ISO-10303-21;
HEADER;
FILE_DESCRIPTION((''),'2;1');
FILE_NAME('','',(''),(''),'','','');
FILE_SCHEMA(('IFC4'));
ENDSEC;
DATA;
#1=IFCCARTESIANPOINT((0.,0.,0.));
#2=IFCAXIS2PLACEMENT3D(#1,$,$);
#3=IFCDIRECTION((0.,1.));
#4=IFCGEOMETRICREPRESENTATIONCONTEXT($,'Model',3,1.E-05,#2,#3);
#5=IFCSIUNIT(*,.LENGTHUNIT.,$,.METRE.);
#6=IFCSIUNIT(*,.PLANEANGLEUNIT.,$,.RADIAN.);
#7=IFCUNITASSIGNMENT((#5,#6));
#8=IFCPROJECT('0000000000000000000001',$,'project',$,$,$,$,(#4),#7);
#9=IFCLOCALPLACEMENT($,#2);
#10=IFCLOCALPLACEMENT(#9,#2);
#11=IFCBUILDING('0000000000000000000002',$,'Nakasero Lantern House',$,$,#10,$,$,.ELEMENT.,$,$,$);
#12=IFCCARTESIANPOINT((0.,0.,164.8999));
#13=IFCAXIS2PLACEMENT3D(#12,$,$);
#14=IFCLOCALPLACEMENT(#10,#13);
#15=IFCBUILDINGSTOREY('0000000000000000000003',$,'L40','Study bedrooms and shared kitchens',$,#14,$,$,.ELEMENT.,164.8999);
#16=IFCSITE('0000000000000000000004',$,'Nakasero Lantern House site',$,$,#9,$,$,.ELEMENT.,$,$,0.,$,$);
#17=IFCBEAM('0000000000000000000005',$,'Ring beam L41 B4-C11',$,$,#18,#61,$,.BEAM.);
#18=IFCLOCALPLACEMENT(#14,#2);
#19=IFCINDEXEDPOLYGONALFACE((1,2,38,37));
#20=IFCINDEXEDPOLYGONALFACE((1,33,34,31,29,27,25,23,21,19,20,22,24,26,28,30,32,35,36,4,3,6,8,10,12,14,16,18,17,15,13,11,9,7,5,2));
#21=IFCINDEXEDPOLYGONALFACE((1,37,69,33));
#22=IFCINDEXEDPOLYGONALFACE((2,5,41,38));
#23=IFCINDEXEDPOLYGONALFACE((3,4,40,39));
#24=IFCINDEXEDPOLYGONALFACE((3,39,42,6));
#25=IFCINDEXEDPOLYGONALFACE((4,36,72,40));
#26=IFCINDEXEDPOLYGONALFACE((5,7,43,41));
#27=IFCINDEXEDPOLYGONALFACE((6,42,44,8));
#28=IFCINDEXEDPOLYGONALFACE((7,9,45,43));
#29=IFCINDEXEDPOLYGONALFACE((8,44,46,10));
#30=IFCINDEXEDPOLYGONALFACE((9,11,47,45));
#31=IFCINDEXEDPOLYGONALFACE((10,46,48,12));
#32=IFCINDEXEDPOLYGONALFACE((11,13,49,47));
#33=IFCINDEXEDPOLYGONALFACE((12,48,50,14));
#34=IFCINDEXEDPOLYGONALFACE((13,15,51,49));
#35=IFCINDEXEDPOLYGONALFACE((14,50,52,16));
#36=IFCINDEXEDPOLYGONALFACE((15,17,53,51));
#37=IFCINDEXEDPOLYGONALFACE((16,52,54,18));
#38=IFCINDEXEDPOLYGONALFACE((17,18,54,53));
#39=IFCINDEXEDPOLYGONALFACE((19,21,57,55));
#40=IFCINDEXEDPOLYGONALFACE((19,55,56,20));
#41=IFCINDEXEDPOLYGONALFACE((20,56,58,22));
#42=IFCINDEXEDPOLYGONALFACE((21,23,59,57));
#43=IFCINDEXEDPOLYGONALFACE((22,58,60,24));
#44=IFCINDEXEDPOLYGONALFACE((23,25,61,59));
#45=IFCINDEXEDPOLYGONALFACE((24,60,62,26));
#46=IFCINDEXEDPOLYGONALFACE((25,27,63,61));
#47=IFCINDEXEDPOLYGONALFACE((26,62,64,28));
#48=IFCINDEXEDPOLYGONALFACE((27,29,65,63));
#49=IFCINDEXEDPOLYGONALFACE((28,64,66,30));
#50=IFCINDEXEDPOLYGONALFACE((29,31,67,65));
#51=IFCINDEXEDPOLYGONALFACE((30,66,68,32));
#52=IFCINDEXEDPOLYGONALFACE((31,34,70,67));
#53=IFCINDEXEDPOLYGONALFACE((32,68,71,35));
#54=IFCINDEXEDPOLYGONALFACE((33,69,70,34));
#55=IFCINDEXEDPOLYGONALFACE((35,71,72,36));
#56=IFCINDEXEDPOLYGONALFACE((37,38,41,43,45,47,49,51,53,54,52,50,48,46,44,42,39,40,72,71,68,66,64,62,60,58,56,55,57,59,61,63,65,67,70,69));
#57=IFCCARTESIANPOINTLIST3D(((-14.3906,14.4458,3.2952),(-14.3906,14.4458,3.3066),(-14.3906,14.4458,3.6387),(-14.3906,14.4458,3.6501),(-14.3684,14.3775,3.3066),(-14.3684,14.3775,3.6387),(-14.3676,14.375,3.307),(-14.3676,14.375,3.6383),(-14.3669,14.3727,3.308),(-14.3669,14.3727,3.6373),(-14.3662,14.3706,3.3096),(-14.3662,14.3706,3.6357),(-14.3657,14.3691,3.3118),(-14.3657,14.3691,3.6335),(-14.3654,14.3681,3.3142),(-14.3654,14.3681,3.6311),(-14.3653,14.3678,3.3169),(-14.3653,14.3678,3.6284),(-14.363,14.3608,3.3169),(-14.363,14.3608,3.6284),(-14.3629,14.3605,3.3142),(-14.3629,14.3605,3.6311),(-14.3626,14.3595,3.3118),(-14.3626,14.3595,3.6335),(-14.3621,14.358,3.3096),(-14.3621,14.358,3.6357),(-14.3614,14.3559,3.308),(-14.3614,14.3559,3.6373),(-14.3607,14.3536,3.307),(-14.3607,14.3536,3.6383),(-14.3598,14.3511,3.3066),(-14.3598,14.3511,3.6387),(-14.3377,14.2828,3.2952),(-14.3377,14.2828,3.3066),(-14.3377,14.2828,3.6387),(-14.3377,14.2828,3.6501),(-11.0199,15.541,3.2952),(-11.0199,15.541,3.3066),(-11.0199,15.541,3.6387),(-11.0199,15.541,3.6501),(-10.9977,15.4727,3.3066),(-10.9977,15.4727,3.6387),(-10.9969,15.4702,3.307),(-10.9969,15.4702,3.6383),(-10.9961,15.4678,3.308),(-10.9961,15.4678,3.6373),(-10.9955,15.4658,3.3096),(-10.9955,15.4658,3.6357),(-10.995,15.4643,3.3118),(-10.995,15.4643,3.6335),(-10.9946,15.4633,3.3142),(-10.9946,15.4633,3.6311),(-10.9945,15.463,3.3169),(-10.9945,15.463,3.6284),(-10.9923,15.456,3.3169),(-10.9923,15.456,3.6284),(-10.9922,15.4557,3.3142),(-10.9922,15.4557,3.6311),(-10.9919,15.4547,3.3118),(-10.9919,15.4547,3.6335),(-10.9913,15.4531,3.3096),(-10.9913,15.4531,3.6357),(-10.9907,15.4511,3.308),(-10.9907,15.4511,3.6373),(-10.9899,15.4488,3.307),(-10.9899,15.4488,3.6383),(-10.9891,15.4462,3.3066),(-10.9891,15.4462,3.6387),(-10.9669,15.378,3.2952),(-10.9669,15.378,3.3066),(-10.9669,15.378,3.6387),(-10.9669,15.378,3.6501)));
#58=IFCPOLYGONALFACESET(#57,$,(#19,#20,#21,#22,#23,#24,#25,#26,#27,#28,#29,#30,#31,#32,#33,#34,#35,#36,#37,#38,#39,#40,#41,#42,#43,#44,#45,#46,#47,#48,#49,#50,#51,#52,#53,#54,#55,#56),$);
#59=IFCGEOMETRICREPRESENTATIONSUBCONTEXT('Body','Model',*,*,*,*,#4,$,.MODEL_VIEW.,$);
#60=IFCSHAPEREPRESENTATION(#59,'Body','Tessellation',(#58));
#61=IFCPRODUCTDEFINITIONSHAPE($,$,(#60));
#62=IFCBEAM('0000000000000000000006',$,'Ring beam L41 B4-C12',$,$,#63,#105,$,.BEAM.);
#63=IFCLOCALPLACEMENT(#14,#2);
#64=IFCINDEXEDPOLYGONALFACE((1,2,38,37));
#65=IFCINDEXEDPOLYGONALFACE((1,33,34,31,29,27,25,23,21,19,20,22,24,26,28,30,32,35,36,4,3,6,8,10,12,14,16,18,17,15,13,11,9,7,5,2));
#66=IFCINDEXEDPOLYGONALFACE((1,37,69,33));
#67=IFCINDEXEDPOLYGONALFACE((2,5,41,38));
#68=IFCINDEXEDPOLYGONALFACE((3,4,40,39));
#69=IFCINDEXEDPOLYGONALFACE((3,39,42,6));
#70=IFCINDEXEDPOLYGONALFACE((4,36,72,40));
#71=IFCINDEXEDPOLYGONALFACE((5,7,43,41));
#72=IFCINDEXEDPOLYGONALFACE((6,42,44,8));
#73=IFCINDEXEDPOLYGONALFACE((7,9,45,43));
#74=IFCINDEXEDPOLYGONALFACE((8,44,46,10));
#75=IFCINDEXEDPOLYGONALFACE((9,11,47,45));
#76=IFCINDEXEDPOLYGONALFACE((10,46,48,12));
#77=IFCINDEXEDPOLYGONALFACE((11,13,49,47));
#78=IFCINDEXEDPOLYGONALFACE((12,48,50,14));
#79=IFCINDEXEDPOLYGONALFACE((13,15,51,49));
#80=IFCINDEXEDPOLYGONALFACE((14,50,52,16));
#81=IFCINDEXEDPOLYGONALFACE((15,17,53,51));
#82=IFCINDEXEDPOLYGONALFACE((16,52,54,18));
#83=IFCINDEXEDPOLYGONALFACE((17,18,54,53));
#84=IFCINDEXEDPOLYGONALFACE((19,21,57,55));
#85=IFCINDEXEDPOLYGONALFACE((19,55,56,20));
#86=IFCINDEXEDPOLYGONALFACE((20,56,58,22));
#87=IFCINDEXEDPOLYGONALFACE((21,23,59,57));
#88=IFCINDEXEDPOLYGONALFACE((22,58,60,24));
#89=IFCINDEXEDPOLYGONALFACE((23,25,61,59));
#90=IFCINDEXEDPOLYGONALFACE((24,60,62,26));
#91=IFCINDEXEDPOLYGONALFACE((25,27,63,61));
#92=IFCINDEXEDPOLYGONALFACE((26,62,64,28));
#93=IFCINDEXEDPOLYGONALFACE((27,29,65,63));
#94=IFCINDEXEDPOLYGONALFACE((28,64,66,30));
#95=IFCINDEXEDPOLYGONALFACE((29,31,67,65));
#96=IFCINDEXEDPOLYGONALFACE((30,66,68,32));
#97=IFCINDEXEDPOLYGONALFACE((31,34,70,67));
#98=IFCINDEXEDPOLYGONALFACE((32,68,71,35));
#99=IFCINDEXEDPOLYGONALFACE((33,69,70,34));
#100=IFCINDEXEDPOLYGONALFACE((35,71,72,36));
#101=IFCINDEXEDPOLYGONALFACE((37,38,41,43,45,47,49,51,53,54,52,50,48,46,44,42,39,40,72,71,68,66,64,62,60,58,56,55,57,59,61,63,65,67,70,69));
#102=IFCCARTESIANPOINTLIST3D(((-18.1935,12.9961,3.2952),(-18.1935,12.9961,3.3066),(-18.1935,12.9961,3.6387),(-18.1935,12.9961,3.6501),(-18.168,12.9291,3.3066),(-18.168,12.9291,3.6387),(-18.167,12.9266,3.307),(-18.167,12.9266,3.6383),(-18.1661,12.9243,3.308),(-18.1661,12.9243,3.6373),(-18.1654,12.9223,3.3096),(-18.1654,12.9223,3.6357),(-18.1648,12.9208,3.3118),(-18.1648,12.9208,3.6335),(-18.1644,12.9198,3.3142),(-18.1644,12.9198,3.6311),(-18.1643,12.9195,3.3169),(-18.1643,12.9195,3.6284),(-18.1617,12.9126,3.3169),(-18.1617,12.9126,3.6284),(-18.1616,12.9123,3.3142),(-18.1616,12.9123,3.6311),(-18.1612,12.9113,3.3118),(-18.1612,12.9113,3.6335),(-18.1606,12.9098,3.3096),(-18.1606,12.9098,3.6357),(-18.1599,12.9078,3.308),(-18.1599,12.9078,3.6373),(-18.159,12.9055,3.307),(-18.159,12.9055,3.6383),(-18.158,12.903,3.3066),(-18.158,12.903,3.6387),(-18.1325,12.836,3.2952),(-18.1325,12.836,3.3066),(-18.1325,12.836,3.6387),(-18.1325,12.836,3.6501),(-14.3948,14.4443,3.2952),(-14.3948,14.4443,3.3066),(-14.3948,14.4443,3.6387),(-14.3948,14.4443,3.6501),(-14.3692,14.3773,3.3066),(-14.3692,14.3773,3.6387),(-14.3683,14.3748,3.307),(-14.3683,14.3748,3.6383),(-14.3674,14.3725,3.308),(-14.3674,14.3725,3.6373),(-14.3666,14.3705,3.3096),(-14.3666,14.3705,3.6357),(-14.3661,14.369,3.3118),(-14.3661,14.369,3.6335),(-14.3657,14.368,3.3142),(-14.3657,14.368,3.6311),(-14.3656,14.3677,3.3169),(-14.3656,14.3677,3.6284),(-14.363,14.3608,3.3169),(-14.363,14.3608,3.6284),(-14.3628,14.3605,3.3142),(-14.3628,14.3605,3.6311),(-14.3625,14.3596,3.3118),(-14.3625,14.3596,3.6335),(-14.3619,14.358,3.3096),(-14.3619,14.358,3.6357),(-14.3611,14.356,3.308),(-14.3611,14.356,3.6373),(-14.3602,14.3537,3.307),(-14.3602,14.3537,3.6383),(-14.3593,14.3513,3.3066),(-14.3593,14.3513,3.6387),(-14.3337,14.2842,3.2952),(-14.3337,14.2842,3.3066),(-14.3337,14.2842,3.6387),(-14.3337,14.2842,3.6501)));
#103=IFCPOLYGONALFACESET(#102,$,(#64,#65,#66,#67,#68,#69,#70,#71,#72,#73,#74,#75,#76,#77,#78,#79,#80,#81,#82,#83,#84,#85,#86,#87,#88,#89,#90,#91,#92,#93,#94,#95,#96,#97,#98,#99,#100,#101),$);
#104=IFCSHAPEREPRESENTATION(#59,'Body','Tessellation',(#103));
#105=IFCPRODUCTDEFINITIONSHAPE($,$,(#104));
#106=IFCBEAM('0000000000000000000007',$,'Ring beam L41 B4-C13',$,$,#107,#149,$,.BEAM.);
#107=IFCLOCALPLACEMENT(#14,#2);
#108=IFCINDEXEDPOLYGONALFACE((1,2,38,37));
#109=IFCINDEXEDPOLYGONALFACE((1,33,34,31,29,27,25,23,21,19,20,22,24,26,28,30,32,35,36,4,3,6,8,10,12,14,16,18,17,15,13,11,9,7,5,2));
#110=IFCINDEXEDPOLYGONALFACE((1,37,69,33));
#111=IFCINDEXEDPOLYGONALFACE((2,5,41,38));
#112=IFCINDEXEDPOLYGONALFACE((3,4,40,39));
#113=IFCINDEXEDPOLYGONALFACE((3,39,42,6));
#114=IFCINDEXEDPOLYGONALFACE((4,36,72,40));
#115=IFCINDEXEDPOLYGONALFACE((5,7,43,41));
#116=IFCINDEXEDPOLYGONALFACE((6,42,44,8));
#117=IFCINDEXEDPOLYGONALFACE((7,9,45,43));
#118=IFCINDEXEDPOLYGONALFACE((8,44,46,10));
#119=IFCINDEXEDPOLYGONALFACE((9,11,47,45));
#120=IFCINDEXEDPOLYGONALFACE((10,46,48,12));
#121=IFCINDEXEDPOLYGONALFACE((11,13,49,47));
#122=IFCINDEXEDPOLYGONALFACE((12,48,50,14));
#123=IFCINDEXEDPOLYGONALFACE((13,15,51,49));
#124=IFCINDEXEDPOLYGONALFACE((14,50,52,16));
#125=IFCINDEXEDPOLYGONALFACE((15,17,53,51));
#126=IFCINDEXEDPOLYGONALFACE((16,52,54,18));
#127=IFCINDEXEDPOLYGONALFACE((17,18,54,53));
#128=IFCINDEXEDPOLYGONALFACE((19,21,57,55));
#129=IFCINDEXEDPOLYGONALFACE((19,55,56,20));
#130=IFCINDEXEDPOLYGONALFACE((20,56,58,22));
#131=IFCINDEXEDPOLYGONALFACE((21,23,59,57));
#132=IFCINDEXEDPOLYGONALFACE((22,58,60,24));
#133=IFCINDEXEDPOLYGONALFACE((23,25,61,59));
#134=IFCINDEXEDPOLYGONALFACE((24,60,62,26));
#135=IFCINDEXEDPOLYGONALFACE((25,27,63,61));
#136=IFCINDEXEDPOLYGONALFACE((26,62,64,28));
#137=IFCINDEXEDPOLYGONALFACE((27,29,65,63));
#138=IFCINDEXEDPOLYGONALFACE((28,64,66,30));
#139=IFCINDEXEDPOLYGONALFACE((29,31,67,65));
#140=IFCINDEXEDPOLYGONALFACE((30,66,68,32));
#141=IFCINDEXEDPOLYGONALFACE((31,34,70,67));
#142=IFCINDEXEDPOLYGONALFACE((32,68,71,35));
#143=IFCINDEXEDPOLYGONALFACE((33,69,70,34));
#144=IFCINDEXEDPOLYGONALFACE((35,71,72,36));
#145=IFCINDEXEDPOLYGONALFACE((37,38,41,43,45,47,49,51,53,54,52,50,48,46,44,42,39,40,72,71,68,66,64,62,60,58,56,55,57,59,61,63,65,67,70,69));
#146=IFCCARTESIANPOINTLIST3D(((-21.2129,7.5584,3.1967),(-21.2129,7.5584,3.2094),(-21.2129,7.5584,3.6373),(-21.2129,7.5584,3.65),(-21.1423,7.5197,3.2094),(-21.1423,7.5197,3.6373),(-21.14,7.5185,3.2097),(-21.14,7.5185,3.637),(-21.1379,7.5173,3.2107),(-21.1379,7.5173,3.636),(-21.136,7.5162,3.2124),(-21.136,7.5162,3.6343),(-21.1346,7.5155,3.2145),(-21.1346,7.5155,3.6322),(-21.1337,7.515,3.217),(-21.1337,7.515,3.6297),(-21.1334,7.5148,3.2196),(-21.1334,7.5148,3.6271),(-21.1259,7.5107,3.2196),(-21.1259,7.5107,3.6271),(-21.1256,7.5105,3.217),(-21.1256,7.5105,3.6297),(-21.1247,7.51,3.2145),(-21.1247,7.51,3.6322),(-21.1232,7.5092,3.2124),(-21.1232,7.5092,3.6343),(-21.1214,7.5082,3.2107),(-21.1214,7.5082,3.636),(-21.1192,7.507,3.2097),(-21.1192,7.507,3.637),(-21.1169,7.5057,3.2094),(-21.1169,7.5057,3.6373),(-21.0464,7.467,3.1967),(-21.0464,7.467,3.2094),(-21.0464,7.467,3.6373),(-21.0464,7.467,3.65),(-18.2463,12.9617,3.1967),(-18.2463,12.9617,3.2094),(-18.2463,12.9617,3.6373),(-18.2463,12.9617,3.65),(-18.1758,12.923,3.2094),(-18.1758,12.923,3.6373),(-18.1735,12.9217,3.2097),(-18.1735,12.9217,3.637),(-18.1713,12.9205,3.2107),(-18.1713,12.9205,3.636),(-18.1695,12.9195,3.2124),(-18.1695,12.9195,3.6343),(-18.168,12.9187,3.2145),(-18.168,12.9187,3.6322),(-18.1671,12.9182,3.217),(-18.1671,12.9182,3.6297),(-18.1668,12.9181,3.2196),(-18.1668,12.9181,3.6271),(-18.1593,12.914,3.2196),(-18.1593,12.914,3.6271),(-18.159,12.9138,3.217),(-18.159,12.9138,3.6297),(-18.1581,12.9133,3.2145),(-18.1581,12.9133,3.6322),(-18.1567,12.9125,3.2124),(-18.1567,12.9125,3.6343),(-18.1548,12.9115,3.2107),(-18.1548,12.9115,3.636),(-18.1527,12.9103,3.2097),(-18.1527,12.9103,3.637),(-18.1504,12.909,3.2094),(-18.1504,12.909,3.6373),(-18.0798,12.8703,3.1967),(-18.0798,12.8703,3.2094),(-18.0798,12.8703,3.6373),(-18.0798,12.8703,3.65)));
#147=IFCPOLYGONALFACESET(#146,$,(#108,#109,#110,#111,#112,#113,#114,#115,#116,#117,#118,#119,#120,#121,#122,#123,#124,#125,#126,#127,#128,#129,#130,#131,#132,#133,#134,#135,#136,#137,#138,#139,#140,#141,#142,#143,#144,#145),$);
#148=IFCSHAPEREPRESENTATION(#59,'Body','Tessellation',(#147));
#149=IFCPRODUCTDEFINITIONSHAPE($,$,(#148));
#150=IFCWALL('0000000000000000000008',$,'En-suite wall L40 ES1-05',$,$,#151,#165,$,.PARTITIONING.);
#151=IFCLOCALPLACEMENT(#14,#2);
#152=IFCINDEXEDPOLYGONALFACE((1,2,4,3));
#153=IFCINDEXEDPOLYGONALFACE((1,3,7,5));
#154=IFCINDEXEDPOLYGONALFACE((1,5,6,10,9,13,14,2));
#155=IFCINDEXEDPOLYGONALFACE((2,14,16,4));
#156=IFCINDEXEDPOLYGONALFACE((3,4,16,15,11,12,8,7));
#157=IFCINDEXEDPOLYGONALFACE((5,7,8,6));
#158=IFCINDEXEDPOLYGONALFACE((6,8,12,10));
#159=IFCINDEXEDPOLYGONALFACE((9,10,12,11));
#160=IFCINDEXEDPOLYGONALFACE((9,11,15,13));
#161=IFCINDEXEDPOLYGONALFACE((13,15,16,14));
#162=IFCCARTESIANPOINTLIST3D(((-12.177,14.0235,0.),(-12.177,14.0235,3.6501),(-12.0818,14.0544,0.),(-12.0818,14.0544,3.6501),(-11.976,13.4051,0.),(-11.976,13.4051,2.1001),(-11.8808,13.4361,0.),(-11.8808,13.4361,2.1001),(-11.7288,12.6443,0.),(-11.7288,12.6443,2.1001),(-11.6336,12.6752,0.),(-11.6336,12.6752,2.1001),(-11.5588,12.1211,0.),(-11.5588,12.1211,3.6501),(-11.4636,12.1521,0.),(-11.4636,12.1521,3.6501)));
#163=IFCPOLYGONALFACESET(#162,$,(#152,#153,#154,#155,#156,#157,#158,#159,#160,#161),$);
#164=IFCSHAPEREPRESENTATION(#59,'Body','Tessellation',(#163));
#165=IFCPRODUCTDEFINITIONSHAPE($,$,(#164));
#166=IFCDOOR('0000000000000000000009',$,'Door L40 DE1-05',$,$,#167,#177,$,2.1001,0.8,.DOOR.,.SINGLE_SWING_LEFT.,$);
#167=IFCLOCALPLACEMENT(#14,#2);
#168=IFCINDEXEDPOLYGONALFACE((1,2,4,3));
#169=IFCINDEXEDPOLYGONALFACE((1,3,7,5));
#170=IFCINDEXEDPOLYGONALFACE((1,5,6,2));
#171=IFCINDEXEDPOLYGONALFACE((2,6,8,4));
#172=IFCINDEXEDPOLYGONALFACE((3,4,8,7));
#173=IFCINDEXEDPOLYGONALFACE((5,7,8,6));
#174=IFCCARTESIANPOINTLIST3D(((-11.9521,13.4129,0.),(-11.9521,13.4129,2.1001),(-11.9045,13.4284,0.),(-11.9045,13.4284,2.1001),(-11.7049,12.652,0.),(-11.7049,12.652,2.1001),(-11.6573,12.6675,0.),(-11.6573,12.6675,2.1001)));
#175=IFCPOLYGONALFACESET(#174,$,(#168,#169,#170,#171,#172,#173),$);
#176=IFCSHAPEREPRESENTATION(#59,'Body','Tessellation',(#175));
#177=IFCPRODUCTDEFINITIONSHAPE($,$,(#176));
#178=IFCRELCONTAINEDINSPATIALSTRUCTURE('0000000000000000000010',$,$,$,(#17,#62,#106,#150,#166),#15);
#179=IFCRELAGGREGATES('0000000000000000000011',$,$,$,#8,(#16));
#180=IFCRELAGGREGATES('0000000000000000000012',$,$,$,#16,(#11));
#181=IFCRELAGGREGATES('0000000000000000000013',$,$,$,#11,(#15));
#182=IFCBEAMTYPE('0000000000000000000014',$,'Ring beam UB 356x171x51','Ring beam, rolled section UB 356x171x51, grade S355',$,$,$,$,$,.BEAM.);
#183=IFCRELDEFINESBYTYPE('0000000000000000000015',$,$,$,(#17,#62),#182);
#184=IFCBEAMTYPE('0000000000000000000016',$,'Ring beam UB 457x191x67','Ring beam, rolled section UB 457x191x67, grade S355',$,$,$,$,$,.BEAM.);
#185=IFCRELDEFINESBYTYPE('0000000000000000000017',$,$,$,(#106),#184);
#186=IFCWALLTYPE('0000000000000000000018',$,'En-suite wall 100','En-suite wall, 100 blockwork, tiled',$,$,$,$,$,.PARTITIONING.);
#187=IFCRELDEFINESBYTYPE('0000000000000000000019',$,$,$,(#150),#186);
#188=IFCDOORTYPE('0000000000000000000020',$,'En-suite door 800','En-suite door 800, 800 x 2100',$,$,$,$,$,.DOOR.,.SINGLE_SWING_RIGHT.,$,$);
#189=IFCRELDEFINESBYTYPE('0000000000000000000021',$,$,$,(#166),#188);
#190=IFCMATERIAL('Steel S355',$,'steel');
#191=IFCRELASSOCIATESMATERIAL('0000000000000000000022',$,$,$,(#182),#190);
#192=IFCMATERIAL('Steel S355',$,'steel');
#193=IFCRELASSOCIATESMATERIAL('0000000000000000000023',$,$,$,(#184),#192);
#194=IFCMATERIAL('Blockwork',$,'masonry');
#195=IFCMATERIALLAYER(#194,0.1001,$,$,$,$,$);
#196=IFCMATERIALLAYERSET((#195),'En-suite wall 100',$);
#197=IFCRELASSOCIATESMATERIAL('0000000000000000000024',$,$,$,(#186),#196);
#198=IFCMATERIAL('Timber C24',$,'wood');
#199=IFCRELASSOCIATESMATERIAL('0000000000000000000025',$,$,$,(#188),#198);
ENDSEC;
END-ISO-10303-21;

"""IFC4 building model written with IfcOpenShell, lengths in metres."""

from ifc_helpers import new_model, si_unit, direction, frame, frame_2d, origin, origin_2d, place, context, subcontext, project, spatial, rectangle, i_section, extrude, material, layer, layer_set, material_profile, profile_set, type_object, element, fill, save


model = new_model("IFC4")

# Units and contexts
model_context = context("Model", 3, precision=1e-05, world=origin(), true_north=direction((0.0, 1.0)))
body_context = subcontext(model_context, "Body", "Model", "MODEL_VIEW")
ifc_project = project(units=[si_unit("LENGTHUNIT", "METRE"), si_unit("PLANEANGLEUNIT", "RADIAN")], contexts=[model_context])

# Site, building, storey
site_placement = place(None, origin())
site = spatial("IfcSite", under=ifc_project, at=site_placement, Name="Nakasero Lantern House site", CompositionType="ELEMENT", RefElevation=0.0)
building_placement = place(site_placement, origin())
building = spatial("IfcBuilding", under=site, at=building_placement, Name="Nakasero Lantern House", CompositionType="ELEMENT")
storey_placement = place(building_placement, frame((0.0, 0.0, 164.8999)))
storey = spatial("IfcBuildingStorey", under=building, at=storey_placement, Name="L40", Description="Study bedrooms and shared kitchens", CompositionType="ELEMENT", Elevation=164.8999)

# Beams
ifc_material_1 = material(Name="Steel S355", Category="steel")
ifc_material_profile_1 = material_profile(ifc_material_1, i_section(OverallWidth=0.1714, OverallDepth=0.355, WebThickness=0.0073, FlangeThickness=0.0115, FilletRadius=0.0103, at=origin_2d()), Name="UB 356x171x51")
ifc_profile_set_1 = profile_set([ifc_material_profile_1], Name="Steel S355")
beam_type_1 = type_object("IfcBeamType", Name="Ring beam UB 356x171x51", Description="Ring beam, rolled section UB 356x171x51, grade S355", PredefinedType="BEAM", material=ifc_profile_set_1)
beam_1_placement = place(storey_placement, frame((-10.9934, 15.4595, 3.4727), z_axis=(-0.95106, -0.309007, 0.0), x_axis=(0.309007, -0.95106, 0.0)))
element("IfcBeam", 1, at=beam_1_placement, inside=storey, type_object=beam_type_1, Name="Ring beam L41 B4-C11", PredefinedType="BEAM", context=body_context, shape_type="SweptSolid", body=[
    extrude(i_section(OverallWidth=0.1714, OverallDepth=0.355, WebThickness=0.0073, FlangeThickness=0.0115, FilletRadius=0.0103, at=origin_2d()), origin(), (0.0, 0.0, 1.0), 3.5442),
])
beam_2_placement = place(storey_placement, frame((-14.3643, 14.3643, 3.4727), z_axis=(-0.9344, -0.356225, 0.0), x_axis=(0.356225, -0.9344, 0.0)))
element("IfcBeam", 2, at=beam_2_placement, inside=storey, type_object=beam_type_1, Name="Ring beam L41 B4-C12", PredefinedType="BEAM", context=body_context, shape_type="SweptSolid", body=[
    extrude(i_section(OverallWidth=0.1714, OverallDepth=0.355, WebThickness=0.0073, FlangeThickness=0.0115, FilletRadius=0.0103, at=origin_2d()), origin(), (0.0, 0.0, 1.0), 4.0654),
])
ifc_material_2 = material(Name="Steel S355", Category="steel")
ifc_material_profile_2 = material_profile(ifc_material_2, i_section(OverallWidth=0.1899, OverallDepth=0.4534, WebThickness=0.0085, FlangeThickness=0.0127, FilletRadius=0.0103, at=origin_2d()), Name="UB 457x191x67")
ifc_profile_set_2 = profile_set([ifc_material_profile_2], Name="Steel S355")
beam_type_2 = type_object("IfcBeamType", Name="Ring beam UB 457x191x67", Description="Ring beam, rolled section UB 457x191x67, grade S355", PredefinedType="BEAM", material=ifc_profile_set_2)
beam_3_placement = place(storey_placement, frame((-18.1631, 12.916, 3.4233), z_axis=(-0.481262, -0.876577, 0.0), x_axis=(0.876577, -0.481262, 0.0)))
element("IfcBeam", 3, at=beam_3_placement, inside=storey, type_object=beam_type_2, Name="Ring beam L41 B4-C13", PredefinedType="BEAM", context=body_context, shape_type="SweptSolid", body=[
    extrude(i_section(OverallWidth=0.1899, OverallDepth=0.4534, WebThickness=0.0085, FlangeThickness=0.0127, FilletRadius=0.0103, at=origin_2d()), origin(), (0.0, 0.0, 1.0), 6.1641),
])

# Wall, opening, door
ifc_material_3 = material(Name="Blockwork", Category="masonry")
ifc_layer_1 = layer(ifc_material_3, 0.1001)
ifc_layer_set_1 = layer_set([ifc_layer_1], Name="En-suite wall 100")
wall_type_1 = type_object("IfcWallType", Name="En-suite wall 100", Description="En-suite wall, 100 blockwork, tiled", PredefinedType="PARTITIONING", material=ifc_layer_set_1)
wall_1_placement = place(storey_placement, frame((-11.5112, 12.1367, 0.0), z_axis=(0.0, 0.0, 1.0), x_axis=(-0.309042, 0.951048, 0.0)))
wall_1 = element("IfcWall", 4, at=wall_1_placement, inside=storey, type_object=wall_type_1, Name="En-suite wall L40 ES1-05", PredefinedType="PARTITIONING", context=body_context, shape_type="SweptSolid", body=[
    extrude(rectangle(XDim=2.0002, YDim=0.1001, at=frame_2d((1.0, 0.0))), origin(), (0.0, 0.0, 1.0), 3.6501),
])
opening_1_placement = place(wall_1_placement, frame((0.55, 0.0, 0.0)))
opening_1 = element("IfcOpeningElement", 5, at=opening_1_placement, cuts=wall_1, PredefinedType="OPENING", context=body_context, shape_type="SweptSolid", body=[
    extrude(rectangle(XDim=0.8, YDim=2.1001, at=frame_2d((0.3999, 1.05))), frame((0.0, 0.0701, 0.0), z_axis=(0.0, -1.0, 0.0), x_axis=(1.0, 0.0, 0.0)), (0.0, 0.0, 1.0), 0.1401),
])
ifc_material_4 = material(Name="Timber C24", Category="wood")
door_type_1 = type_object("IfcDoorType", Name="En-suite door 800", Description="En-suite door 800, 800 x 2100", OperationType="SINGLE_SWING_RIGHT", PredefinedType="DOOR", material=ifc_material_4)
door_1_placement = place(opening_1_placement, origin())
door_1 = element("IfcDoor", 6, at=door_1_placement, inside=storey, type_object=door_type_1, Name="Door L40 DE1-05", OperationType="SINGLE_SWING_LEFT", OverallHeight=2.1001, OverallWidth=0.8, PredefinedType="DOOR", context=body_context, shape_type="SweptSolid", body=[
    extrude(rectangle(XDim=0.8, YDim=2.1001, at=frame_2d((0.3999, 1.05))), frame((0.0, 0.0249, 0.0), z_axis=(0.0, -1.0, 0.0), x_axis=(1.0, 0.0, 0.0)), (0.0, 0.0, 1.0), 0.05),
])
fill(opening_1, door_1)

save(model, "model.ifc")
